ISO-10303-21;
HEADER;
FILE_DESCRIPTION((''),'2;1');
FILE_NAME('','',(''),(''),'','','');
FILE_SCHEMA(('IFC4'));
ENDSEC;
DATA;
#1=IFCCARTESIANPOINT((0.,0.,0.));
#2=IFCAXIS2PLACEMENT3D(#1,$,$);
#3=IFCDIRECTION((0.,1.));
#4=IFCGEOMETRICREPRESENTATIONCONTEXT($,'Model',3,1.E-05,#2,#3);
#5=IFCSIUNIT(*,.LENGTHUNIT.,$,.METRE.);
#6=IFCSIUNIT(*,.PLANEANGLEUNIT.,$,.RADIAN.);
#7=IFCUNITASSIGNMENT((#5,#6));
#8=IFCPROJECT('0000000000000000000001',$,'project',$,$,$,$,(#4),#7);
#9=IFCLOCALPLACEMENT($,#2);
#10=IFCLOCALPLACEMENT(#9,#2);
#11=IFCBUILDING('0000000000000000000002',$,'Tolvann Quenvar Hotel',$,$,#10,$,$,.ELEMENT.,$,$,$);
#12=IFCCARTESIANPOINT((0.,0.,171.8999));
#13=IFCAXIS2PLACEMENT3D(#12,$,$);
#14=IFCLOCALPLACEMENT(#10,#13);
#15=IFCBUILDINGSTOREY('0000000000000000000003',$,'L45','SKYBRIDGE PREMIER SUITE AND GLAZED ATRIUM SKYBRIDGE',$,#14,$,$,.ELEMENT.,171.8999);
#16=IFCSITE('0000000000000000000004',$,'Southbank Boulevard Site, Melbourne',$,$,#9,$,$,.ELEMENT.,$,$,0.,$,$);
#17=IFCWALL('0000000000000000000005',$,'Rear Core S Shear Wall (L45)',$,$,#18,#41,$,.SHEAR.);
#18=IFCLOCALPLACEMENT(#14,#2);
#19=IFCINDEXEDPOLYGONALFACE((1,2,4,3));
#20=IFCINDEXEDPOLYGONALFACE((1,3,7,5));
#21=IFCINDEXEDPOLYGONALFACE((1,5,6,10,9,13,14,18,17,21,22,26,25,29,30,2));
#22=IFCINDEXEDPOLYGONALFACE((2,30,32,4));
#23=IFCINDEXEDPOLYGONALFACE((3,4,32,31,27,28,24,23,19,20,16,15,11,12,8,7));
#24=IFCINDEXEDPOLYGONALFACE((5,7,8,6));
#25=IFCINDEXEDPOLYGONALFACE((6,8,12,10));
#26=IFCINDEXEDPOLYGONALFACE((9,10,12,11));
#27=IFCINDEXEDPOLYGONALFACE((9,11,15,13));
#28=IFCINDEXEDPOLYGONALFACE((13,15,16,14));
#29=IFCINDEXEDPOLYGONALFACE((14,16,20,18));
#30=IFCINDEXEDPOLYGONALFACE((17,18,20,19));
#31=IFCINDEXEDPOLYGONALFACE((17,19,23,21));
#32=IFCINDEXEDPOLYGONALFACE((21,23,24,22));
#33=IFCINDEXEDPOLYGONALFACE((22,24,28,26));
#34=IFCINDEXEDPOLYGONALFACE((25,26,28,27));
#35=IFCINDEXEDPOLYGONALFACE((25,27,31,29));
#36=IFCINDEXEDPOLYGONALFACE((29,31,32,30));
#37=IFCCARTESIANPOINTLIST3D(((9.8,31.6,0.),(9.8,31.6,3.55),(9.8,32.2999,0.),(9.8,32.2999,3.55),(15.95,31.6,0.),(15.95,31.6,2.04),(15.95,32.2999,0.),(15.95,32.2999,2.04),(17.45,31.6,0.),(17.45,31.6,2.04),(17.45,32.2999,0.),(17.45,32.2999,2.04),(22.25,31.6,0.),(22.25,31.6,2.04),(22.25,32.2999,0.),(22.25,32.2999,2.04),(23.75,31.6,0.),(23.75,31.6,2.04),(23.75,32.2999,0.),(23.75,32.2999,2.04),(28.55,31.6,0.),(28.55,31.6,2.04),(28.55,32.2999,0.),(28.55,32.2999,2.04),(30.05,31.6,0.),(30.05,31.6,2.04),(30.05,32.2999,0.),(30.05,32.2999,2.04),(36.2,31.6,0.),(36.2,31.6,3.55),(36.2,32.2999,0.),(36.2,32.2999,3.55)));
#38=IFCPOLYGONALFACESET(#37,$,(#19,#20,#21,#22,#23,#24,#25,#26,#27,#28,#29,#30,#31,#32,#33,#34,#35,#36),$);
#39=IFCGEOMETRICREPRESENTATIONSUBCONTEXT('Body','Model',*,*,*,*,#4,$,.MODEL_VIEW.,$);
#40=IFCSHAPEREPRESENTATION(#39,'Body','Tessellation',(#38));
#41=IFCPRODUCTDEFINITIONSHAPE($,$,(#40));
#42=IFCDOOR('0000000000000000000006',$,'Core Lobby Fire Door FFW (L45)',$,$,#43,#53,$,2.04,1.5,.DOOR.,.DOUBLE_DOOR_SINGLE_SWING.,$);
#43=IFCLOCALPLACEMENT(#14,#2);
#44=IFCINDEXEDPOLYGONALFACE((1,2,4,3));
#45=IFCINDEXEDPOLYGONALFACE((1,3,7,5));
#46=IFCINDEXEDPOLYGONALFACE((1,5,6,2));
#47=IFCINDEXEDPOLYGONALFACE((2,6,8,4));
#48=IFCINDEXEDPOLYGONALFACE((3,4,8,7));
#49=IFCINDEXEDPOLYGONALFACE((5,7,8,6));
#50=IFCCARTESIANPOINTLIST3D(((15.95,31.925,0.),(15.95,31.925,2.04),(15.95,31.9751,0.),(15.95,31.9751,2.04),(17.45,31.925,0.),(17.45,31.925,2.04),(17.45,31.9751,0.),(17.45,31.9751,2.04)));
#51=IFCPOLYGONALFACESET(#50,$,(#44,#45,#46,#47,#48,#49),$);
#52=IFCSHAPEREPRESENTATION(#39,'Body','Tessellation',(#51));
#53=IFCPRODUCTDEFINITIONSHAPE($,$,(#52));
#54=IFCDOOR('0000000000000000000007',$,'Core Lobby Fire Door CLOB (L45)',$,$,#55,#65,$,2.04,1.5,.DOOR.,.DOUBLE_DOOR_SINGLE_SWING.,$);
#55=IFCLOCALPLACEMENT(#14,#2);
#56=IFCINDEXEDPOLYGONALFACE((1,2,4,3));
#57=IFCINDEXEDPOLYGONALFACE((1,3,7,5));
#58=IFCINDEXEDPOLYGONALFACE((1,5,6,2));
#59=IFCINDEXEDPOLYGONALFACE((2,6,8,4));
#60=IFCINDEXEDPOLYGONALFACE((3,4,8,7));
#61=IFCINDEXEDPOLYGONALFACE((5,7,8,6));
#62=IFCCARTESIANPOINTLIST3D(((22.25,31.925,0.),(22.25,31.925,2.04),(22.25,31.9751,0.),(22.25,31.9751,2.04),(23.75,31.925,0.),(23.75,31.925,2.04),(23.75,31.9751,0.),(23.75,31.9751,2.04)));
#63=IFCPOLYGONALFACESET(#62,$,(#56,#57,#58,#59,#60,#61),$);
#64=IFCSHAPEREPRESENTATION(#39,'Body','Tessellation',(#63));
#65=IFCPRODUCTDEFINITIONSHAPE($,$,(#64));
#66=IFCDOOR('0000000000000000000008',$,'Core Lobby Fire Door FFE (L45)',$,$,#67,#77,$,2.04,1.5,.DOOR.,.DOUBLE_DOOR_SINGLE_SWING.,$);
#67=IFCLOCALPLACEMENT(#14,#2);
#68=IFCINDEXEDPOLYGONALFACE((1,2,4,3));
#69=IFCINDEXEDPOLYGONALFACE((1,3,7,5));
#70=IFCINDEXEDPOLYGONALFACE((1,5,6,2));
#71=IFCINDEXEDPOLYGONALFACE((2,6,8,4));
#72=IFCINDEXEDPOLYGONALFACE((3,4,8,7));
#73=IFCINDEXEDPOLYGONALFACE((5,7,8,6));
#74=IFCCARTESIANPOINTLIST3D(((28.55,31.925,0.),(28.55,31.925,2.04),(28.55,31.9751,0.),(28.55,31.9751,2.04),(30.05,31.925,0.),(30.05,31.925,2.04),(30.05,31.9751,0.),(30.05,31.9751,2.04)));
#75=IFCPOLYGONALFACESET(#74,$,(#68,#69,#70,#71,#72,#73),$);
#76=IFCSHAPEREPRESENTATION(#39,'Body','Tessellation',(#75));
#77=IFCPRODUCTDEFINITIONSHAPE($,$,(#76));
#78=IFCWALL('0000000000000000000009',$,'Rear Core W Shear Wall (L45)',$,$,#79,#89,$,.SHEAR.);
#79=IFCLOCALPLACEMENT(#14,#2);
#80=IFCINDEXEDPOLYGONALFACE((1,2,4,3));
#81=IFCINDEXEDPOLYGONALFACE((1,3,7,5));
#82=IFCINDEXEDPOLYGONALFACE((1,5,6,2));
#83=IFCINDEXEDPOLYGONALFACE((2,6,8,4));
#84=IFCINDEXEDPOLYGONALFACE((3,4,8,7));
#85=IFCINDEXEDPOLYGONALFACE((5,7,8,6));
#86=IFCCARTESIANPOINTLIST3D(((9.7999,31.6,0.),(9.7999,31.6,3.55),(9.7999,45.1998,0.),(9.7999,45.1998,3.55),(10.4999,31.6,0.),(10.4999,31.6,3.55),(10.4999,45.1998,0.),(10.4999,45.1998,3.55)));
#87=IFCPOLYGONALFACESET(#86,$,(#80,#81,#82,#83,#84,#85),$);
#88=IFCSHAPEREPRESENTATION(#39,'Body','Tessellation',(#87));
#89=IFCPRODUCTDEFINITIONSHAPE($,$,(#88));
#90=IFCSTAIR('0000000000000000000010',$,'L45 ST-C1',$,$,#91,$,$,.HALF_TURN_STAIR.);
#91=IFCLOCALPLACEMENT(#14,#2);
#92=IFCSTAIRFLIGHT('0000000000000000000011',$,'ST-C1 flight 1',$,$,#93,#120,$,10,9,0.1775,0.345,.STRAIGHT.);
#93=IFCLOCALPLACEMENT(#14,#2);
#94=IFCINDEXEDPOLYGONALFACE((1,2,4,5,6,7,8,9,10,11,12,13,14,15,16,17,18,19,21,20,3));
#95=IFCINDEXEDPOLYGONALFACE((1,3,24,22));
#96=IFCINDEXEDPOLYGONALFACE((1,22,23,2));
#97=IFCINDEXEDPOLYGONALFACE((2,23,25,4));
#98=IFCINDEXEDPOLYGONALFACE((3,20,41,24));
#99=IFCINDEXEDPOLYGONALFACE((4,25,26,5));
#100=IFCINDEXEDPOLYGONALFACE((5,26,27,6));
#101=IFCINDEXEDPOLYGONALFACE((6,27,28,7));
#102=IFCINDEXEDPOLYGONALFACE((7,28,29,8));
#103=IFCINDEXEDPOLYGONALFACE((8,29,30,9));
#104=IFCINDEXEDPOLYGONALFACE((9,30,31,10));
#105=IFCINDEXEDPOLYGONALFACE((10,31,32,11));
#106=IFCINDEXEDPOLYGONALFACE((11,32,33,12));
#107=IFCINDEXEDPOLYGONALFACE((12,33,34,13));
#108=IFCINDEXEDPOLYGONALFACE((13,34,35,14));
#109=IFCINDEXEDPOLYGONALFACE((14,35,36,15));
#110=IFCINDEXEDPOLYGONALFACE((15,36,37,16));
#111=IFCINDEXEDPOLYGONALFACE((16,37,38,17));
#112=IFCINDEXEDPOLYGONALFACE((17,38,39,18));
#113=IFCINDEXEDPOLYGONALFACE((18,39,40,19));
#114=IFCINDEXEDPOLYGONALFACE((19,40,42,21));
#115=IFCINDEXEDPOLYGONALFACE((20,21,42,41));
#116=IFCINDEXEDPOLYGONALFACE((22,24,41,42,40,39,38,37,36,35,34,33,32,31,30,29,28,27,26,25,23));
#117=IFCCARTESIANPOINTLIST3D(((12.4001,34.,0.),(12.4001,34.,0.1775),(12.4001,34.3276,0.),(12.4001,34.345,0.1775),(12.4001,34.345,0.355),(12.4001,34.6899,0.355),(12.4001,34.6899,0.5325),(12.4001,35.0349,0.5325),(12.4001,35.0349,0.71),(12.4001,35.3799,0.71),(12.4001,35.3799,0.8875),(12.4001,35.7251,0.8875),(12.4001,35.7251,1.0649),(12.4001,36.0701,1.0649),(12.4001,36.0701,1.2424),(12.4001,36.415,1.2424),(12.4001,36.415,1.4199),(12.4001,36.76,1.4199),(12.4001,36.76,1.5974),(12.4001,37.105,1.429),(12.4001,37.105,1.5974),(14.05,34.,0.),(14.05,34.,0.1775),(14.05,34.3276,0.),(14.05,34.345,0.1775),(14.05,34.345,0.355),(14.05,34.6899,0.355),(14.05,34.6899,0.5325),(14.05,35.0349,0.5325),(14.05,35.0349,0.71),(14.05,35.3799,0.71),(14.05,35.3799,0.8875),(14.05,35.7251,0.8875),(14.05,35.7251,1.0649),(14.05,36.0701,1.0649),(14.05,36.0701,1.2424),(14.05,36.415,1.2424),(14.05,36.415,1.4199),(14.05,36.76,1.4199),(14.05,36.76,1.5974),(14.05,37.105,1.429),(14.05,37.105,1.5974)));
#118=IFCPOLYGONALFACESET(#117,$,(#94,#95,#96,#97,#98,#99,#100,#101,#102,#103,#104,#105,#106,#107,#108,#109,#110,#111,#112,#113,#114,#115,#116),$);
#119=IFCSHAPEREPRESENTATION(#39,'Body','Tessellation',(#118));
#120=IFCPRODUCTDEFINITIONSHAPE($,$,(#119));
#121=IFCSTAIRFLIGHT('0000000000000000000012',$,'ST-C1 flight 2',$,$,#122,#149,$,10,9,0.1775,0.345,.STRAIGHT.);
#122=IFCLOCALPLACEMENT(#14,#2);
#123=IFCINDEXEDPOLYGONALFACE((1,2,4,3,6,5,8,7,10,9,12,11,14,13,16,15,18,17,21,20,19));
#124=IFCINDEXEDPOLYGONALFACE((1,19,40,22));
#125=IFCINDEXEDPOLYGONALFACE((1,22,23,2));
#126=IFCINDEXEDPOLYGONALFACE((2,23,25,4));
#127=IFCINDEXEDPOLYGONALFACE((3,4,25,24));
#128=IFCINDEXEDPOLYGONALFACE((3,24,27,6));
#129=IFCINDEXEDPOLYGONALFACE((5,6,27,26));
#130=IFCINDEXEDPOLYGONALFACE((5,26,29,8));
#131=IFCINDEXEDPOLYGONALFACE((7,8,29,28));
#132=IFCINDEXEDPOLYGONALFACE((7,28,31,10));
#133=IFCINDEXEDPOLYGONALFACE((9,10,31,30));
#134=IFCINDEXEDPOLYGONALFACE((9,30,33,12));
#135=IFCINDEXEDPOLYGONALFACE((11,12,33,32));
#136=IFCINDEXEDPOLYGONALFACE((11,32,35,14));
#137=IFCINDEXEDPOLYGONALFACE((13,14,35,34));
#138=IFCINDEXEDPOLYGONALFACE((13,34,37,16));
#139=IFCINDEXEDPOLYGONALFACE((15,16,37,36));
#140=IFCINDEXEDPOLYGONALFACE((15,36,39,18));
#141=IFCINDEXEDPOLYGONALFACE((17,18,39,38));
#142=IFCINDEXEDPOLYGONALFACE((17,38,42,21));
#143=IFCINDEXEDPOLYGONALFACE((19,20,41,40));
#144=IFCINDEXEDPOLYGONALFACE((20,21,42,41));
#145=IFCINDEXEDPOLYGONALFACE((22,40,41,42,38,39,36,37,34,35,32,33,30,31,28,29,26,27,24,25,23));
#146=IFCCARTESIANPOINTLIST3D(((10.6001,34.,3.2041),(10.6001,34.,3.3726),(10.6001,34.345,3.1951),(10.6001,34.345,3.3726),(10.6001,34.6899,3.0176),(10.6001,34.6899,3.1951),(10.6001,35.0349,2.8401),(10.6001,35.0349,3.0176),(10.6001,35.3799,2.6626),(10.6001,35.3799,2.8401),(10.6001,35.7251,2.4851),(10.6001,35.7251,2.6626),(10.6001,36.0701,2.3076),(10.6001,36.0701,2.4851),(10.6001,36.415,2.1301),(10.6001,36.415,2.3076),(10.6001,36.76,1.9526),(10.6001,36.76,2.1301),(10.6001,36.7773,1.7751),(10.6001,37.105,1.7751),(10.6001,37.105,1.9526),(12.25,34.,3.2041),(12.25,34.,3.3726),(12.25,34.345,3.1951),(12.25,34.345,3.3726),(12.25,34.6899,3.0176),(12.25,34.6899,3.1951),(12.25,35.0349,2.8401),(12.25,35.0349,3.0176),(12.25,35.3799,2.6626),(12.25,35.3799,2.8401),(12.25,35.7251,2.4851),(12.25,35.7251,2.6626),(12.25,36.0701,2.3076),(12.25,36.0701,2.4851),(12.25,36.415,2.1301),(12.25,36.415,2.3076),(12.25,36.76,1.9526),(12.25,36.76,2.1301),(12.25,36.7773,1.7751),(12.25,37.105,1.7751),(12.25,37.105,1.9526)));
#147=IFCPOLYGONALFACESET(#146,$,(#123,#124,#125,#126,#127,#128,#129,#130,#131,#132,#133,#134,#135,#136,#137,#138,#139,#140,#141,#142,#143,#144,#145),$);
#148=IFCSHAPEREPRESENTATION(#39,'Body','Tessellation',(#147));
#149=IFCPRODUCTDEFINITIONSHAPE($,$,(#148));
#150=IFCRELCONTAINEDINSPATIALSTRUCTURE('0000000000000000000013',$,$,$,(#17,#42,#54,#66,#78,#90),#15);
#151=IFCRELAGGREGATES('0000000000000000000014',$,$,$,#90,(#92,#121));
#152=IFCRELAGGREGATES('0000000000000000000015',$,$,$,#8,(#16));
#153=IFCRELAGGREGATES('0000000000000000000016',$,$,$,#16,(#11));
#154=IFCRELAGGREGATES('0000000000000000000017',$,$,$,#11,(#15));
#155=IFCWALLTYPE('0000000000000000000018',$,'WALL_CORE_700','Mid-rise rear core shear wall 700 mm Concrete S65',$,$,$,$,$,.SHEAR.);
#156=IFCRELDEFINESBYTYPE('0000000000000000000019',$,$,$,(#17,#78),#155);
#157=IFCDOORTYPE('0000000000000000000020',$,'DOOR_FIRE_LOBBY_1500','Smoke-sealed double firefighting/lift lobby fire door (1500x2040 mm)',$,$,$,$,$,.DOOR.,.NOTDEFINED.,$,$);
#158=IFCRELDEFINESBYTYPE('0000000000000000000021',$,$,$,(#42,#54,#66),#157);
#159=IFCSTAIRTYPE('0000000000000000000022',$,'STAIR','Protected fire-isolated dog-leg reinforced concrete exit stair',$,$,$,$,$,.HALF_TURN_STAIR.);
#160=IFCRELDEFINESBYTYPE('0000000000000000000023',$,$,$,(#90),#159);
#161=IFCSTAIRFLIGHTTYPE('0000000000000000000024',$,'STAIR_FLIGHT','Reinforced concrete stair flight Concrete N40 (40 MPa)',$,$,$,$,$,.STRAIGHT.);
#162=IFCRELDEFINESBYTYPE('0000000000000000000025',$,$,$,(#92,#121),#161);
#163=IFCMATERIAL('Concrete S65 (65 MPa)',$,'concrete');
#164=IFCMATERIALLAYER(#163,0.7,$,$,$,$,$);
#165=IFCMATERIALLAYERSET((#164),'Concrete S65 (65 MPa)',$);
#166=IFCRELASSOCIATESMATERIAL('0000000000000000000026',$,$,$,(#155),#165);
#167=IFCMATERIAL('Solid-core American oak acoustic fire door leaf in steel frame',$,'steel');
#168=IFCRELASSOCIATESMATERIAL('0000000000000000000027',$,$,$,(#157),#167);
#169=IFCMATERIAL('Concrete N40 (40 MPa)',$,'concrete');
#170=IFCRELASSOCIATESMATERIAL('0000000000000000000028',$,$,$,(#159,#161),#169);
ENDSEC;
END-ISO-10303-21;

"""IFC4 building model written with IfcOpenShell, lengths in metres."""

from ifc_helpers import new_model, si_unit, direction, frame, frame_2d, origin, place, context, subcontext, project, spatial, polyline, rectangle, outline, extrude, source, transform, mapped, material, layer, layer_set, type_object, type_shapes, element, fill, aggregate, save


model = new_model("IFC4")

# Units and contexts
model_context = context("Model", 3, precision=1e-05, world=origin(), true_north=direction((0.0, 1.0)))
body_context = subcontext(model_context, "Body", "Model", "MODEL_VIEW")
ifc_project = project(units=[si_unit("LENGTHUNIT", "METRE"), si_unit("PLANEANGLEUNIT", "RADIAN")], contexts=[model_context])

# Site, building, storey
site_placement = place(None, origin())
site = spatial("IfcSite", under=ifc_project, at=site_placement, Name="Southbank Boulevard Site, Melbourne", CompositionType="ELEMENT", RefElevation=0.0)
building_placement = place(site_placement, origin())
building = spatial("IfcBuilding", under=site, at=building_placement, Name="Tolvann Quenvar Hotel", CompositionType="ELEMENT")
storey_placement = place(building_placement, frame((0.0, 0.0, 171.8999)))
storey = spatial("IfcBuildingStorey", under=building, at=storey_placement, Name="L45", Description="SKYBRIDGE PREMIER SUITE AND GLAZED ATRIUM SKYBRIDGE", CompositionType="ELEMENT", Elevation=171.8999)

# Wall, openings, doors
ifc_material_1 = material(Name="Concrete S65 (65 MPa)", Category="concrete")
ifc_layer_1 = layer(ifc_material_1, 0.7)
ifc_layer_set_1 = layer_set([ifc_layer_1], Name="Concrete S65 (65 MPa)")
wall_type_1 = type_object("IfcWallType", Name="WALL_CORE_700", Description="Mid-rise rear core shear wall 700 mm Concrete S65", PredefinedType="SHEAR", material=ifc_layer_set_1)
wall_1_placement = place(storey_placement, frame((9.8, 31.95, 0.0), z_axis=(0.0, 0.0, 1.0), x_axis=(1.0, 0.0, 0.0)))
wall_1 = element("IfcWall", 1, at=wall_1_placement, inside=storey, type_object=wall_type_1, Name="Rear Core S Shear Wall (L45)", PredefinedType="SHEAR", context=body_context, shape_type="SweptSolid", body=[
    extrude(rectangle(XDim=26.3999, YDim=0.7, at=frame_2d((13.2, 0.0))), origin(), (0.0, 0.0, 1.0), 3.55),
])
opening_1_placement = place(wall_1_placement, frame((7.6499, 0.0, 0.0), z_axis=(0.0, 0.0, 1.0), x_axis=(-1.0, 0.0, 0.0)))
opening_1 = element("IfcOpeningElement", 2, at=opening_1_placement, cuts=wall_1, PredefinedType="OPENING", context=body_context, shape_type="SweptSolid", body=[
    extrude(rectangle(XDim=1.5, YDim=2.04, at=frame_2d((0.75, 1.02))), frame((0.0, 0.3599, 0.0), z_axis=(0.0, -1.0, 0.0), x_axis=(1.0, 0.0, 0.0)), (0.0, 0.0, 1.0), 0.72),
])
opening_2_placement = place(wall_1_placement, frame((13.95, 0.0, 0.0), z_axis=(0.0, 0.0, 1.0), x_axis=(-1.0, 0.0, 0.0)))
opening_2 = element("IfcOpeningElement", 3, at=opening_2_placement, cuts=wall_1, PredefinedType="OPENING", context=body_context, shape_type="SweptSolid", body=[
    extrude(rectangle(XDim=1.5, YDim=2.04, at=frame_2d((0.75, 1.02))), frame((0.0, 0.3599, 0.0), z_axis=(0.0, -1.0, 0.0), x_axis=(1.0, 0.0, 0.0)), (0.0, 0.0, 1.0), 0.72),
])
opening_3_placement = place(wall_1_placement, frame((20.25, 0.0, 0.0), z_axis=(0.0, 0.0, 1.0), x_axis=(-1.0, 0.0, 0.0)))
opening_3 = element("IfcOpeningElement", 4, at=opening_3_placement, cuts=wall_1, PredefinedType="OPENING", context=body_context, shape_type="SweptSolid", body=[
    extrude(rectangle(XDim=1.5, YDim=2.04, at=frame_2d((0.75, 1.02))), frame((0.0, 0.3599, 0.0), z_axis=(0.0, -1.0, 0.0), x_axis=(1.0, 0.0, 0.0)), (0.0, 0.0, 1.0), 0.72),
])
ifc_material_2 = material(Name="Solid-core American oak acoustic fire door leaf in steel frame", Category="steel")
door_type_1 = type_object("IfcDoorType", Name="DOOR_FIRE_LOBBY_1500", Description="Smoke-sealed double firefighting/lift lobby fire door (1500x2040 mm)", OperationType="NOTDEFINED", PredefinedType="DOOR", material=ifc_material_2)
shared_shape_1 = source(origin(), body_context, "Body", "SweptSolid", [
    extrude(rectangle(XDim=1.5, YDim=2.04, at=frame_2d((0.75, 1.02))), frame((0.0, 0.0249, 0.0), z_axis=(0.0, -1.0, 0.0), x_axis=(1.0, 0.0, 0.0)), (0.0, 0.0, 1.0), 0.05),
])
type_shapes(door_type_1, [shared_shape_1])
door_1_placement = place(opening_1_placement, origin())
door_1 = element("IfcDoor", 5, at=door_1_placement, inside=storey, type_object=door_type_1, Name="Core Lobby Fire Door FFW (L45)", OperationType="DOUBLE_DOOR_SINGLE_SWING", OverallHeight=2.04, OverallWidth=1.5, PredefinedType="DOOR", context=body_context, shape_type="MappedRepresentation", body=[
    mapped(shared_shape_1, transform((0.0, 0.0, 0.0), x_axis=(1.0, 0.0, 0.0), y_axis=(0.0, 1.0, 0.0), z_axis=(0.0, 0.0, 1.0), scale=1.0)),
])
fill(opening_1, door_1)
door_2_placement = place(opening_2_placement, origin())
door_2 = element("IfcDoor", 6, at=door_2_placement, inside=storey, type_object=door_type_1, Name="Core Lobby Fire Door CLOB (L45)", OperationType="DOUBLE_DOOR_SINGLE_SWING", OverallHeight=2.04, OverallWidth=1.5, PredefinedType="DOOR", context=body_context, shape_type="MappedRepresentation", body=[
    mapped(shared_shape_1, transform((0.0, 0.0, 0.0), x_axis=(1.0, 0.0, 0.0), y_axis=(0.0, 1.0, 0.0), z_axis=(0.0, 0.0, 1.0), scale=1.0)),
])
fill(opening_2, door_2)
door_3_placement = place(opening_3_placement, origin())
door_3 = element("IfcDoor", 7, at=door_3_placement, inside=storey, type_object=door_type_1, Name="Core Lobby Fire Door FFE (L45)", OperationType="DOUBLE_DOOR_SINGLE_SWING", OverallHeight=2.04, OverallWidth=1.5, PredefinedType="DOOR", context=body_context, shape_type="MappedRepresentation", body=[
    mapped(shared_shape_1, transform((0.0, 0.0, 0.0), x_axis=(1.0, 0.0, 0.0), y_axis=(0.0, 1.0, 0.0), z_axis=(0.0, 0.0, 1.0), scale=1.0)),
])
fill(opening_3, door_3)

# Wall
wall_2_placement = place(storey_placement, frame((10.1499, 31.6001, 0.0), z_axis=(0.0, 0.0, 1.0), x_axis=(0.0, 1.0, 0.0)))
element("IfcWall", 8, at=wall_2_placement, inside=storey, type_object=wall_type_1, Name="Rear Core W Shear Wall (L45)", PredefinedType="SHEAR", context=body_context, shape_type="SweptSolid", body=[
    extrude(rectangle(XDim=13.5999, YDim=0.7, at=frame_2d((6.7998, 0.0))), origin(), (0.0, 0.0, 1.0), 3.55),
])

# Stair, stair flights
ifc_material_3 = material(Name="Concrete N40 (40 MPa)", Category="concrete")
stair_type = type_object("IfcStairType", Name="STAIR", Description="Protected fire-isolated dog-leg reinforced concrete exit stair", PredefinedType="HALF_TURN_STAIR", material=ifc_material_3)
stair_placement = place(storey_placement, origin())
stair = element("IfcStair", 9, at=stair_placement, inside=storey, type_object=stair_type, Name="L45 ST-C1", PredefinedType="HALF_TURN_STAIR")
stair_flight_type = type_object("IfcStairFlightType", Name="STAIR_FLIGHT", Description="Reinforced concrete stair flight Concrete N40 (40 MPa)", PredefinedType="STRAIGHT", material=ifc_material_3)
stair_flight_1_placement = place(storey_placement, frame((13.2251, 34.0, 0.0), z_axis=(0.0, 0.0, 1.0), x_axis=(0.0, 1.0, 0.0)))
stair_flight_1 = element("IfcStairFlight", 10, at=stair_flight_1_placement, type_object=stair_flight_type, Name="ST-C1 flight 1", NumberOfRisers=10, NumberOfTreads=9, PredefinedType="STRAIGHT", RiserHeight=0.1775, TreadLength=0.345, context=body_context, shape_type="SweptSolid", body=[
    extrude(outline(polyline([(0.0, 0.0), (0.0, 0.1775), (0.345, 0.1775), (0.345, 0.355), (0.6899, 0.355), (0.6899, 0.5325), (1.0349, 0.5325), (1.0349, 0.71), (1.3799, 0.71), (1.3799, 0.8875), (1.7251, 0.8875), (1.7251, 1.0649), (2.0701, 1.0649), (2.0701, 1.2424), (2.415, 1.2424), (2.415, 1.4199), (2.76, 1.4199), (2.76, 1.5974), (3.105, 1.5974), (3.105, 1.7749), (3.105, 1.429), (0.3276, 0.0), (0.0, 0.0)])), frame((0.0, 0.825, 0.0), z_axis=(0.0, -1.0, 0.0), x_axis=(1.0, 0.0, 0.0)), (0.0, 0.0, 1.0), 1.6499),
])
stair_flight_2_placement = place(storey_placement, frame((11.425, 37.105, 1.7751), z_axis=(0.0, 0.0, 1.0), x_axis=(0.0, -1.0, 0.0)))
stair_flight_2 = element("IfcStairFlight", 11, at=stair_flight_2_placement, type_object=stair_flight_type, Name="ST-C1 flight 2", NumberOfRisers=10, NumberOfTreads=9, PredefinedType="STRAIGHT", RiserHeight=0.1775, TreadLength=0.345, context=body_context, shape_type="SweptSolid", body=[
    extrude(outline(polyline([(0.0, 0.0), (0.0, 0.1775), (0.345, 0.1775), (0.345, 0.355), (0.6899, 0.355), (0.6899, 0.5325), (1.0349, 0.5325), (1.0349, 0.71), (1.3799, 0.71), (1.3799, 0.8875), (1.7251, 0.8875), (1.7251, 1.0649), (2.0701, 1.0649), (2.0701, 1.2424), (2.415, 1.2424), (2.415, 1.4199), (2.76, 1.4199), (2.76, 1.5974), (3.105, 1.5974), (3.105, 1.7749), (3.105, 1.429), (0.3276, 0.0), (0.0, 0.0)])), frame((0.0, 0.825, 0.0), z_axis=(0.0, -1.0, 0.0), x_axis=(1.0, 0.0, 0.0)), (0.0, 0.0, 1.0), 1.6499),
])
aggregate(stair, [stair_flight_1, stair_flight_2])

save(model, "model.ifc")
